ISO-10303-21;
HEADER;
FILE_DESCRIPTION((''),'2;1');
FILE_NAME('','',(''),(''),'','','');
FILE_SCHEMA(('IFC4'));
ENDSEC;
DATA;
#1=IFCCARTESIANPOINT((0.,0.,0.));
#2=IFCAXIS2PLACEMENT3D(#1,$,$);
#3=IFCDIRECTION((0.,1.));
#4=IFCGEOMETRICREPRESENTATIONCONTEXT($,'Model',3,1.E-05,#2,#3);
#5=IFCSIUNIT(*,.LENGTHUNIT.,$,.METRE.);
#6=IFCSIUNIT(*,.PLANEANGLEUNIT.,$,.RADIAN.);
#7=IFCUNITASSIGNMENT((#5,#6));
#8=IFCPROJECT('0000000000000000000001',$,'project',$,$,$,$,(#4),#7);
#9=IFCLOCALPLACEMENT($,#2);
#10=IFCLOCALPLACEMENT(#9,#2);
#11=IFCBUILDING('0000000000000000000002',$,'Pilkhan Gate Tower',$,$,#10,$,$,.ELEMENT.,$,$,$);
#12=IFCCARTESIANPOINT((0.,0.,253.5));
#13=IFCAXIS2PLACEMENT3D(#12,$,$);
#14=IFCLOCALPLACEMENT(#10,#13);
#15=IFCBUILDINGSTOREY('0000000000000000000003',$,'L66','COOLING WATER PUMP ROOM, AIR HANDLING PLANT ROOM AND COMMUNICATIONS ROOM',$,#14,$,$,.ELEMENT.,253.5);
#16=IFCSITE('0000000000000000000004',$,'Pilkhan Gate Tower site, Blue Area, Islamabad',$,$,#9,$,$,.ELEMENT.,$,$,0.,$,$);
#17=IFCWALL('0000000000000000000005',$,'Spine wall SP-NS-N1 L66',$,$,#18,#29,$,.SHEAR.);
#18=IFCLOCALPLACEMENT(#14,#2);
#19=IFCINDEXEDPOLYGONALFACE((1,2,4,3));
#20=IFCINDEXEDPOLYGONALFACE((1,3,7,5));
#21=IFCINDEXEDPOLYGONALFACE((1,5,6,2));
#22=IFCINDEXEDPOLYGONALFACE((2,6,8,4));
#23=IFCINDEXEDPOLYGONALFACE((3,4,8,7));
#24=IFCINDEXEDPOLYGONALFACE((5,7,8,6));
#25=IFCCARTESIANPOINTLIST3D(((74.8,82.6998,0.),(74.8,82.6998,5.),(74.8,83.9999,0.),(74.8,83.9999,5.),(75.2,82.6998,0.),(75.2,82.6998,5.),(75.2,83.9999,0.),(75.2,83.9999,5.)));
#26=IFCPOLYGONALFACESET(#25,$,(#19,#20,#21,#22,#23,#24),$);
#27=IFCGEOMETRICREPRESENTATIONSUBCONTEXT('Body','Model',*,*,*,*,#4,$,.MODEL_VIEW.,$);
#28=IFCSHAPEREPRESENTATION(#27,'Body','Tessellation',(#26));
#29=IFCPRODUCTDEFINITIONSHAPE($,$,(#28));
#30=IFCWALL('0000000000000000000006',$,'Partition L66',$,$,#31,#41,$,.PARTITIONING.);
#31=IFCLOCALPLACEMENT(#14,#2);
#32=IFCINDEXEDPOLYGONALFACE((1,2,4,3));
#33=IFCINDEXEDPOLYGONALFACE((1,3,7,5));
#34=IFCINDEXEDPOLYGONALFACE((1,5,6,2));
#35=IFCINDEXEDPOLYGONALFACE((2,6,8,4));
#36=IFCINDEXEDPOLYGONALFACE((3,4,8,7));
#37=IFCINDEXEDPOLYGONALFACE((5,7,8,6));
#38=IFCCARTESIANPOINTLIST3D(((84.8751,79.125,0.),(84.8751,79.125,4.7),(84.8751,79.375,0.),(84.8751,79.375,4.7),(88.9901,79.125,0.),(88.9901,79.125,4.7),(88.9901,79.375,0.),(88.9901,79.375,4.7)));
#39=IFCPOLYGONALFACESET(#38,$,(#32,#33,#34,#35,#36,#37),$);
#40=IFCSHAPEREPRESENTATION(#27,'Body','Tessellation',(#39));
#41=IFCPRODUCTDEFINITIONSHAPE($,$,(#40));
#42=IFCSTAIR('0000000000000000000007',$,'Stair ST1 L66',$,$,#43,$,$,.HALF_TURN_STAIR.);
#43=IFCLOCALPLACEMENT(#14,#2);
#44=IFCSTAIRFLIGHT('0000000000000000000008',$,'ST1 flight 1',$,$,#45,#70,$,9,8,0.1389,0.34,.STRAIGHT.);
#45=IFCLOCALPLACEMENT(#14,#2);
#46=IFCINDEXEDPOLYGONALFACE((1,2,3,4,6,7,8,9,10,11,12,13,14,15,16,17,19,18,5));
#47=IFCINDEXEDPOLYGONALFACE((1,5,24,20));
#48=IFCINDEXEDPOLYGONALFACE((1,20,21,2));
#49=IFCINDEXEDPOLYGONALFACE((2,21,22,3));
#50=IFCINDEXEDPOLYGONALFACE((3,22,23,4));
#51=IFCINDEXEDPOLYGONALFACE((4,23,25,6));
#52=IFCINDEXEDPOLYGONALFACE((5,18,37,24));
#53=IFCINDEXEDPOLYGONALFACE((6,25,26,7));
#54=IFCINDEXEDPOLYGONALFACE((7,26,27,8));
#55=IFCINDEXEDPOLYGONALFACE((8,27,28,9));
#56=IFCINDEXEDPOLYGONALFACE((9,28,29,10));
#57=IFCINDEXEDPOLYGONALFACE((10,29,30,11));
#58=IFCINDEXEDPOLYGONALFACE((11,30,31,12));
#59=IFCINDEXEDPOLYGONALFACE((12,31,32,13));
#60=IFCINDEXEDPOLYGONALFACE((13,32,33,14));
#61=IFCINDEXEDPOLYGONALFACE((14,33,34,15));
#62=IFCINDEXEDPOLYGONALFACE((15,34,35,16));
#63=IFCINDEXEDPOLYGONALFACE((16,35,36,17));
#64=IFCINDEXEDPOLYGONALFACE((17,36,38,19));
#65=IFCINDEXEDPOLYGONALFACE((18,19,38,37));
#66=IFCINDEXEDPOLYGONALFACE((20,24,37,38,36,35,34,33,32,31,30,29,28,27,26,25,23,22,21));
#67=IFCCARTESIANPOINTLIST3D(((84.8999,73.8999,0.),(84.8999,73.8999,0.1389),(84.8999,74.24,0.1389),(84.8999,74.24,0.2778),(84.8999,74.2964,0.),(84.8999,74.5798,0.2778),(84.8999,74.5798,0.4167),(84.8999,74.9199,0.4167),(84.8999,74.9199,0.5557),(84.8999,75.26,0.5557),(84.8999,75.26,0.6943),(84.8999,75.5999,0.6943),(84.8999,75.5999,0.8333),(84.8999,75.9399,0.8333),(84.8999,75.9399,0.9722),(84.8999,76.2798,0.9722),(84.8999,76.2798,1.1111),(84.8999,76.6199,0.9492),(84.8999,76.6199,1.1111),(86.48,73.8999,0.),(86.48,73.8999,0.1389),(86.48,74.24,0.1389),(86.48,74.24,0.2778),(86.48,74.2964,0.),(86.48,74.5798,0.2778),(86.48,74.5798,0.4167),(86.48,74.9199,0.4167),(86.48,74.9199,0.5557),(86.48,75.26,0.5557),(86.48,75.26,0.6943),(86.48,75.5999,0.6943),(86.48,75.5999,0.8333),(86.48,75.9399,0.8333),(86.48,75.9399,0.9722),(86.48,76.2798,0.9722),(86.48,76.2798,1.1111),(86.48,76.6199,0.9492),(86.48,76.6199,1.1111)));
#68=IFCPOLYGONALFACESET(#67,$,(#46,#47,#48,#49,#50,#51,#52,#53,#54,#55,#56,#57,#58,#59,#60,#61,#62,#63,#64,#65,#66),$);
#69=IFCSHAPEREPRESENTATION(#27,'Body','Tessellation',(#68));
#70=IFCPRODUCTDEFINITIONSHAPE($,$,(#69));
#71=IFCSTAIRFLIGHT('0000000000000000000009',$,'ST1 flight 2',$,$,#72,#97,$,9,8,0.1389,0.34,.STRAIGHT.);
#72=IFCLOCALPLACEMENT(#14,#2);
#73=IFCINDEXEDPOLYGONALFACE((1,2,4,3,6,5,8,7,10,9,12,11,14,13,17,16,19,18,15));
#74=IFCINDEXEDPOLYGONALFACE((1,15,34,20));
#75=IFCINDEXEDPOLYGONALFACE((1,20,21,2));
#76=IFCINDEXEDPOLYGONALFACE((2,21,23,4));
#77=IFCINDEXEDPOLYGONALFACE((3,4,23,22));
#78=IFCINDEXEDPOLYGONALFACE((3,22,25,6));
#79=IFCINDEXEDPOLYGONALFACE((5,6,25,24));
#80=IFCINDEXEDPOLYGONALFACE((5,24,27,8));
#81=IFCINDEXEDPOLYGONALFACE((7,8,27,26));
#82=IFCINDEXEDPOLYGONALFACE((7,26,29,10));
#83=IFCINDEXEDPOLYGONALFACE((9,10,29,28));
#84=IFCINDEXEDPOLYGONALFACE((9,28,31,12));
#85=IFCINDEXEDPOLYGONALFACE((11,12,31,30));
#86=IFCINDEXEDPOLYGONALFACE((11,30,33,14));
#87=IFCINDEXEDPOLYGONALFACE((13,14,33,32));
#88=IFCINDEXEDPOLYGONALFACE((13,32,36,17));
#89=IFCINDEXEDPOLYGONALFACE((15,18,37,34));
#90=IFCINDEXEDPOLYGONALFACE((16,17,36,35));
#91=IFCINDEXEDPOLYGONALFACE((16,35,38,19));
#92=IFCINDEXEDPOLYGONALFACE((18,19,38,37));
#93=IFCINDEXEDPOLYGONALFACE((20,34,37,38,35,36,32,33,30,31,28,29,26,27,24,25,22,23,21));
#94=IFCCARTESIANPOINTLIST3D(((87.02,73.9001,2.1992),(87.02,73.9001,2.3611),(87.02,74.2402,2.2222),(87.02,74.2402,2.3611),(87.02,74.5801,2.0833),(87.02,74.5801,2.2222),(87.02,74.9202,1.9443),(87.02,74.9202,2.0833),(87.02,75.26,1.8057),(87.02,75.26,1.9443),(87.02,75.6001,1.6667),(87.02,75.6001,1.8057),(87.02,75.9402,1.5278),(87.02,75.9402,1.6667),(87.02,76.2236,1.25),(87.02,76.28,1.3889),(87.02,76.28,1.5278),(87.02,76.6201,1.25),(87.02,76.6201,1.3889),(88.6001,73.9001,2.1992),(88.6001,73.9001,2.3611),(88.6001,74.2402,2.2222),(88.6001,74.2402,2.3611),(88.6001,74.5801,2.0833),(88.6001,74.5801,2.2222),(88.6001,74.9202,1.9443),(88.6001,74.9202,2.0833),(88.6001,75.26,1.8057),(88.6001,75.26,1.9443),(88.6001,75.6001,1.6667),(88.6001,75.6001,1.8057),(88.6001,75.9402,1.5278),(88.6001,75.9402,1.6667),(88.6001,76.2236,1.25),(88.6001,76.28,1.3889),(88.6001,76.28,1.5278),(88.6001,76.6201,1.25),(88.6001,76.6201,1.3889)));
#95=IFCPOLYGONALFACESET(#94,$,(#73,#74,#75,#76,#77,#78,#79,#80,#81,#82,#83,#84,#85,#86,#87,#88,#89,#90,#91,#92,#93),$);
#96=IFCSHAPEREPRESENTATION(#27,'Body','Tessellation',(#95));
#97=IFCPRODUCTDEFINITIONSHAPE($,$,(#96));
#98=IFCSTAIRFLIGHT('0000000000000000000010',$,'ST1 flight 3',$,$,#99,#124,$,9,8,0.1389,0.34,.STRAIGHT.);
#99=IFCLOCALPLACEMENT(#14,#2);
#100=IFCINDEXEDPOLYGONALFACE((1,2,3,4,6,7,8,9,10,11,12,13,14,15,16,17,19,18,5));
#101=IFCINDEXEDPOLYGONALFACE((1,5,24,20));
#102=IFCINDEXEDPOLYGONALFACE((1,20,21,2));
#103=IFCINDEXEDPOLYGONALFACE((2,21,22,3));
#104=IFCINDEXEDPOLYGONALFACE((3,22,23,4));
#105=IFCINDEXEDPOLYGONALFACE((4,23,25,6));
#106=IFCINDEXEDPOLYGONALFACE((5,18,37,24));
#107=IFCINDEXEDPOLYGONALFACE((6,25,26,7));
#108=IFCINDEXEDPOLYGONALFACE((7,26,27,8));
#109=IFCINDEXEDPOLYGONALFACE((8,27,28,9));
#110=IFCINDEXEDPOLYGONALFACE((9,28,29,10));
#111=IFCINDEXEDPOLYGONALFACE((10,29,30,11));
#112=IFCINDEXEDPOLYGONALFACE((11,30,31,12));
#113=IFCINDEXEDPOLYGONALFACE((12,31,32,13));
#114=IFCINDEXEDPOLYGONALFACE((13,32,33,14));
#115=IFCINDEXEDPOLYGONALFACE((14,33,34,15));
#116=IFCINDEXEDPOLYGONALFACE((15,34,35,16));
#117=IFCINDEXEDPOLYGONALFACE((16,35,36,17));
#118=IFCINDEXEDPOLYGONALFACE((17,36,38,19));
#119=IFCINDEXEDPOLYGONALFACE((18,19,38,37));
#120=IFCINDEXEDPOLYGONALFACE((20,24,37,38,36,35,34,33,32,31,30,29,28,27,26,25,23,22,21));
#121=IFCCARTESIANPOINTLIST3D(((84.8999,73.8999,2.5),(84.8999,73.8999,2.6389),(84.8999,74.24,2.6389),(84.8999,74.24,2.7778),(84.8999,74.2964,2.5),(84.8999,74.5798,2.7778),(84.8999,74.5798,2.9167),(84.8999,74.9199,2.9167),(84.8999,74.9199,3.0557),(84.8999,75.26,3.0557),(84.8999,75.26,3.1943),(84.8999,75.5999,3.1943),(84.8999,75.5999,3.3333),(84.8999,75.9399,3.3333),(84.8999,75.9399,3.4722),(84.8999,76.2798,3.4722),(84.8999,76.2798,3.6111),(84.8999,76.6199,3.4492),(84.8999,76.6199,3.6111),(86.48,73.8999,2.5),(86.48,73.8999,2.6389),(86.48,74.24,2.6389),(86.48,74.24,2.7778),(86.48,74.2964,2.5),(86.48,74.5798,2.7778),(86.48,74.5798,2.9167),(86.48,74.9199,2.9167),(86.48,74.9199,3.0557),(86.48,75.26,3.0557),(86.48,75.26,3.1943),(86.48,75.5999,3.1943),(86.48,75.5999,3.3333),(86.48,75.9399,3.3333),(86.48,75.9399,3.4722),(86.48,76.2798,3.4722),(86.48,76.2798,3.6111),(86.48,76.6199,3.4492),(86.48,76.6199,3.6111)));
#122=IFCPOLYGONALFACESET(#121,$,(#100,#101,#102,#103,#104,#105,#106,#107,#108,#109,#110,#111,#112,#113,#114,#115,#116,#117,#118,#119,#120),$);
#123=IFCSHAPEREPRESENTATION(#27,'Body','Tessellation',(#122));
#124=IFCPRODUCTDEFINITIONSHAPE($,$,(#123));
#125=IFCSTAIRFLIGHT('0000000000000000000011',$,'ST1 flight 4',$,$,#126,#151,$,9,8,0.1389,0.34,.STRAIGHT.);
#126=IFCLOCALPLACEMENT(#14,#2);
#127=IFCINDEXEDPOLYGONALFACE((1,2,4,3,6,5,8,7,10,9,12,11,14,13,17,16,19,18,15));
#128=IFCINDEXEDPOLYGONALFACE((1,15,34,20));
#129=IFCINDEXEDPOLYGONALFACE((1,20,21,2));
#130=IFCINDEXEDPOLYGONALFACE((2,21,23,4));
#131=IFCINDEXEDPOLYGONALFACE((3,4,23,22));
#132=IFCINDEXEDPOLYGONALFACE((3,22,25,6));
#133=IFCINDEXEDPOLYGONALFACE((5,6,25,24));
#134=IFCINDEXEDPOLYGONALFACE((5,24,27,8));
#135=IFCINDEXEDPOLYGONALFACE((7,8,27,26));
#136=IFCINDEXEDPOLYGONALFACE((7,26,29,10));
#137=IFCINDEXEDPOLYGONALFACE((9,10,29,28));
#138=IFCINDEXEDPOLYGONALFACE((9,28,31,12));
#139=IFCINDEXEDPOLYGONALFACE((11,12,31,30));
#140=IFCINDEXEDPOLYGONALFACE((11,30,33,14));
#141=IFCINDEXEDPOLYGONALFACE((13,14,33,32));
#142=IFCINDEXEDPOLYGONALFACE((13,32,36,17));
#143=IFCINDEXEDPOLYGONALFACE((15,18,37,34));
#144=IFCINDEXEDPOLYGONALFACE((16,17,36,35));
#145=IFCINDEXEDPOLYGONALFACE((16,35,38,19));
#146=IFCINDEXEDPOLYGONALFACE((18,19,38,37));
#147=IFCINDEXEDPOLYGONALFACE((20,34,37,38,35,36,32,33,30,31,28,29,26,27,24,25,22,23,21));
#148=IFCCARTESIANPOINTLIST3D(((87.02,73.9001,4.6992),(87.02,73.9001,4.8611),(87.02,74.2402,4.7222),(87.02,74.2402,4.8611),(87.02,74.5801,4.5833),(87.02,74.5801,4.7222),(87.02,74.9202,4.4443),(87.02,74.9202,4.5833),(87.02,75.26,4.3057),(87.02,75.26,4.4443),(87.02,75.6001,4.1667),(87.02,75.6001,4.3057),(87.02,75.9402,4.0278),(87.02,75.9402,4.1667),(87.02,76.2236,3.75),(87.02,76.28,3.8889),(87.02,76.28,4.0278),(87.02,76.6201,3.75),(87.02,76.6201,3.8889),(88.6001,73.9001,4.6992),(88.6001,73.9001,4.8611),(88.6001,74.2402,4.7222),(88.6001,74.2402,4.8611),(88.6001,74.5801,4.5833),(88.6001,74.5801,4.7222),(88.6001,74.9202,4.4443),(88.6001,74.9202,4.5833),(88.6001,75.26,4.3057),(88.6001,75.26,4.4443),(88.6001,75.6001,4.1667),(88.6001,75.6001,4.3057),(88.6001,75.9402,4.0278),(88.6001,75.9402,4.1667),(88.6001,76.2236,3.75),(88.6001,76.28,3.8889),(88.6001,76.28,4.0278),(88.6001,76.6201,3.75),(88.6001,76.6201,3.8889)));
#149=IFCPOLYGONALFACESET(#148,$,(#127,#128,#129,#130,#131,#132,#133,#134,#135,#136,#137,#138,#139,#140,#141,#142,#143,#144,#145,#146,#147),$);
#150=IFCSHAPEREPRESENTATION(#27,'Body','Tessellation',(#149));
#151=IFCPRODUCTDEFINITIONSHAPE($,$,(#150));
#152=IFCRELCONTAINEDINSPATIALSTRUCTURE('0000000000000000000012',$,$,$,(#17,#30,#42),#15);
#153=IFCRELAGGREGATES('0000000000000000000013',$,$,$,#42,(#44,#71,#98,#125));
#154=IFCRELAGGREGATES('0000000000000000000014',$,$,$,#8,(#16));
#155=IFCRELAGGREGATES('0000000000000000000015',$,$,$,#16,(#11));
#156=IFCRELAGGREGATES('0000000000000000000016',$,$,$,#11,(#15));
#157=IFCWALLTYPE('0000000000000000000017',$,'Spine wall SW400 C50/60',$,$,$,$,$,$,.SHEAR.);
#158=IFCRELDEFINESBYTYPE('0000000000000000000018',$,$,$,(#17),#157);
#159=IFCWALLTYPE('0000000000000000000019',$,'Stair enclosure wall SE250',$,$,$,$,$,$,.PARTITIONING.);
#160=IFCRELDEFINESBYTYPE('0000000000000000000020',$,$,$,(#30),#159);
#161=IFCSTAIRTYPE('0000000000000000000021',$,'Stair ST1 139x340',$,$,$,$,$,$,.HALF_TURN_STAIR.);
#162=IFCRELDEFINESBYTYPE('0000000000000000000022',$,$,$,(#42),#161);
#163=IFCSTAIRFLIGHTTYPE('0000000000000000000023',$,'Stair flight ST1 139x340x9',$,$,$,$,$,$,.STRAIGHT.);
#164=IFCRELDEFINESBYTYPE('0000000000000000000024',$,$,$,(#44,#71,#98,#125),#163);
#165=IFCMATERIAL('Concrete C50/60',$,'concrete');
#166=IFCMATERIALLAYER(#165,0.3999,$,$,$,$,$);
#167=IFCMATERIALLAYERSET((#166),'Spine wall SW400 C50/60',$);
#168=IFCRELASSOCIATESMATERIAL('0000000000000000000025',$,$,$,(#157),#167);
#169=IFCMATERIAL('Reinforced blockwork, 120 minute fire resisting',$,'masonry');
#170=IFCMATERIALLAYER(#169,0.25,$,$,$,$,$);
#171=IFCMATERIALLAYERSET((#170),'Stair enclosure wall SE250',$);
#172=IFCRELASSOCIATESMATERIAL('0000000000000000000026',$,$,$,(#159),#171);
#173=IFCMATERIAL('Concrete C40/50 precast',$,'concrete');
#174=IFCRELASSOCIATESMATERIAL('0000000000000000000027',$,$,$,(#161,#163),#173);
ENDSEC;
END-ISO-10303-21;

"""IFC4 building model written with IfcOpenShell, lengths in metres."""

from ifc_helpers import new_model, si_unit, direction, frame, frame_2d, origin, place, context, subcontext, project, spatial, polyline, rectangle, outline, extrude, material, layer, layer_set, type_object, element, aggregate, save


model = new_model("IFC4")

# Units and contexts
model_context = context("Model", 3, precision=1e-05, world=origin(), true_north=direction((0.0, 1.0)))
body_context = subcontext(model_context, "Body", "Model", "MODEL_VIEW")
ifc_project = project(units=[si_unit("LENGTHUNIT", "METRE"), si_unit("PLANEANGLEUNIT", "RADIAN")], contexts=[model_context])

# Site, building, storey
site_placement = place(None, origin())
site = spatial("IfcSite", under=ifc_project, at=site_placement, Name="Pilkhan Gate Tower site, Blue Area, Islamabad", CompositionType="ELEMENT", RefElevation=0.0)
building_placement = place(site_placement, origin())
building = spatial("IfcBuilding", under=site, at=building_placement, Name="Pilkhan Gate Tower", CompositionType="ELEMENT")
storey_placement = place(building_placement, frame((0.0, 0.0, 253.5)))
storey = spatial("IfcBuildingStorey", under=building, at=storey_placement, Name="L66", Description="COOLING WATER PUMP ROOM, AIR HANDLING PLANT ROOM AND COMMUNICATIONS ROOM", CompositionType="ELEMENT", Elevation=253.5)

# Shared definitions
ifc_material_1 = material(Name="Concrete C50/60", Category="concrete")

# Walls
ifc_layer_1 = layer(ifc_material_1, 0.3999)
ifc_layer_set_1 = layer_set([ifc_layer_1], Name="Spine wall SW400 C50/60")
wall_type_1 = type_object("IfcWallType", Name="Spine wall SW400 C50/60", PredefinedType="SHEAR", material=ifc_layer_set_1)
for number, where, z_axis, x_axis, name in (
    (1, (75.0, 82.7, 0.0), (0.0, 0.0, 1.0), (0.0, 1.0, 0.0), "Spine wall SP-NS-N1 L66"),
):
    element("IfcWall", number, at=place(storey_placement, frame(where, z_axis=z_axis, x_axis=x_axis)), inside=storey, type_object=wall_type_1, Name=name, PredefinedType="SHEAR", context=body_context, shape_type="SweptSolid", body=[
        extrude(rectangle(XDim=1.3, YDim=0.3999, at=frame_2d((0.6499, 0.0))), origin(), (0.0, 0.0, 1.0), 5.0),
    ])
ifc_material_2 = material(Name="Reinforced blockwork, 120 minute fire resisting", Category="masonry")
ifc_layer_2 = layer(ifc_material_2, 0.25)
ifc_layer_set_2 = layer_set([ifc_layer_2], Name="Stair enclosure wall SE250")
wall_type_2 = type_object("IfcWallType", Name="Stair enclosure wall SE250", PredefinedType="PARTITIONING", material=ifc_layer_set_2)
wall_1_placement = place(storey_placement, frame((84.875, 79.25, 0.0), z_axis=(0.0, 0.0, 1.0), x_axis=(1.0, 0.0, 0.0)))
element("IfcWall", 2, at=wall_1_placement, inside=storey, type_object=wall_type_2, Name="Partition L66", PredefinedType="PARTITIONING", context=body_context, shape_type="SweptSolid", body=[
    extrude(rectangle(XDim=4.115, YDim=0.25, at=frame_2d((2.0576, 0.0))), origin(), (0.0, 0.0, 1.0), 4.7),
])

# Stair, stair flights
ifc_material_3 = material(Name="Concrete C40/50 precast", Category="concrete")
stair_type = type_object("IfcStairType", Name="Stair ST1 139x340", PredefinedType="HALF_TURN_STAIR", material=ifc_material_3)
stair_placement = place(storey_placement, origin())
stair = element("IfcStair", 3, at=stair_placement, inside=storey, type_object=stair_type, Name="Stair ST1 L66", PredefinedType="HALF_TURN_STAIR")
stair_flight_type = type_object("IfcStairFlightType", Name="Stair flight ST1 139x340x9", PredefinedType="STRAIGHT", material=ifc_material_3)
stair_flight_1_placement = place(storey_placement, frame((85.6899, 73.8999, 0.0), z_axis=(0.0, 0.0, 1.0), x_axis=(0.0, 1.0, 0.0)))
stair_flight_1 = element("IfcStairFlight", 4, at=stair_flight_1_placement, type_object=stair_flight_type, Name="ST1 flight 1", NumberOfRisers=9, NumberOfTreads=8, PredefinedType="STRAIGHT", RiserHeight=0.1389, TreadLength=0.34, context=body_context, shape_type="SweptSolid", body=[
    extrude(outline(polyline([(0.0, 0.0), (0.0, 0.1389), (0.3401, 0.1389), (0.3401, 0.2778), (0.6799, 0.2778), (0.6799, 0.4167), (1.02, 0.4167), (1.02, 0.5557), (1.3601, 0.5557), (1.3601, 0.6943), (1.7, 0.6943), (1.7, 0.8333), (2.04, 0.8333), (2.04, 0.9722), (2.3799, 0.9722), (2.3799, 1.1111), (2.72, 1.1111), (2.72, 1.25), (2.72, 0.9492), (0.3965, 0.0), (0.0, 0.0)])), frame((0.0, 0.79, 0.0), z_axis=(0.0, -1.0, 0.0), x_axis=(1.0, 0.0, 0.0)), (0.0, 0.0, 1.0), 1.5801),
])
stair_flight_2_placement = place(storey_placement, frame((87.8101, 76.6201, 1.25), z_axis=(0.0, 0.0, 1.0), x_axis=(0.0, -1.0, 0.0)))
stair_flight_2 = element("IfcStairFlight", 5, at=stair_flight_2_placement, type_object=stair_flight_type, Name="ST1 flight 2", NumberOfRisers=9, NumberOfTreads=8, PredefinedType="STRAIGHT", RiserHeight=0.1389, TreadLength=0.34, context=body_context, shape_type="SweptSolid", body=[
    extrude(outline(polyline([(0.0, 0.0), (0.0, 0.1389), (0.3401, 0.1389), (0.3401, 0.2778), (0.6799, 0.2778), (0.6799, 0.4167), (1.02, 0.4167), (1.02, 0.5557), (1.3601, 0.5557), (1.3601, 0.6943), (1.7, 0.6943), (1.7, 0.8333), (2.04, 0.8333), (2.04, 0.9722), (2.3799, 0.9722), (2.3799, 1.1111), (2.72, 1.1111), (2.72, 1.25), (2.72, 0.9492), (0.3965, 0.0), (0.0, 0.0)])), frame((0.0, 0.79, 0.0), z_axis=(0.0, -1.0, 0.0), x_axis=(1.0, 0.0, 0.0)), (0.0, 0.0, 1.0), 1.5801),
])
stair_flight_3_placement = place(storey_placement, frame((85.6899, 73.8999, 2.5), z_axis=(0.0, 0.0, 1.0), x_axis=(0.0, 1.0, 0.0)))
stair_flight_3 = element("IfcStairFlight", 6, at=stair_flight_3_placement, type_object=stair_flight_type, Name="ST1 flight 3", NumberOfRisers=9, NumberOfTreads=8, PredefinedType="STRAIGHT", RiserHeight=0.1389, TreadLength=0.34, context=body_context, shape_type="SweptSolid", body=[
    extrude(outline(polyline([(0.0, 0.0), (0.0, 0.1389), (0.3401, 0.1389), (0.3401, 0.2778), (0.6799, 0.2778), (0.6799, 0.4167), (1.02, 0.4167), (1.02, 0.5557), (1.3601, 0.5557), (1.3601, 0.6943), (1.7, 0.6943), (1.7, 0.8333), (2.04, 0.8333), (2.04, 0.9722), (2.3799, 0.9722), (2.3799, 1.1111), (2.72, 1.1111), (2.72, 1.25), (2.72, 0.9492), (0.3965, 0.0), (0.0, 0.0)])), frame((0.0, 0.79, 0.0), z_axis=(0.0, -1.0, 0.0), x_axis=(1.0, 0.0, 0.0)), (0.0, 0.0, 1.0), 1.5801),
])
stair_flight_4_placement = place(storey_placement, frame((87.8101, 76.6201, 3.75), z_axis=(0.0, 0.0, 1.0), x_axis=(0.0, -1.0, 0.0)))
stair_flight_4 = element("IfcStairFlight", 7, at=stair_flight_4_placement, type_object=stair_flight_type, Name="ST1 flight 4", NumberOfRisers=9, NumberOfTreads=8, PredefinedType="STRAIGHT", RiserHeight=0.1389, TreadLength=0.34, context=body_context, shape_type="SweptSolid", body=[
    extrude(outline(polyline([(0.0, 0.0), (0.0, 0.1389), (0.3401, 0.1389), (0.3401, 0.2778), (0.6799, 0.2778), (0.6799, 0.4167), (1.02, 0.4167), (1.02, 0.5557), (1.3601, 0.5557), (1.3601, 0.6943), (1.7, 0.6943), (1.7, 0.8333), (2.04, 0.8333), (2.04, 0.9722), (2.3799, 0.9722), (2.3799, 1.1111), (2.72, 1.1111), (2.72, 1.25), (2.72, 0.9492), (0.3965, 0.0), (0.0, 0.0)])), frame((0.0, 0.79, 0.0), z_axis=(0.0, -1.0, 0.0), x_axis=(1.0, 0.0, 0.0)), (0.0, 0.0, 1.0), 1.5801),
])
aggregate(stair, [stair_flight_1, stair_flight_2, stair_flight_3, stair_flight_4])

save(model, "model.ifc")
